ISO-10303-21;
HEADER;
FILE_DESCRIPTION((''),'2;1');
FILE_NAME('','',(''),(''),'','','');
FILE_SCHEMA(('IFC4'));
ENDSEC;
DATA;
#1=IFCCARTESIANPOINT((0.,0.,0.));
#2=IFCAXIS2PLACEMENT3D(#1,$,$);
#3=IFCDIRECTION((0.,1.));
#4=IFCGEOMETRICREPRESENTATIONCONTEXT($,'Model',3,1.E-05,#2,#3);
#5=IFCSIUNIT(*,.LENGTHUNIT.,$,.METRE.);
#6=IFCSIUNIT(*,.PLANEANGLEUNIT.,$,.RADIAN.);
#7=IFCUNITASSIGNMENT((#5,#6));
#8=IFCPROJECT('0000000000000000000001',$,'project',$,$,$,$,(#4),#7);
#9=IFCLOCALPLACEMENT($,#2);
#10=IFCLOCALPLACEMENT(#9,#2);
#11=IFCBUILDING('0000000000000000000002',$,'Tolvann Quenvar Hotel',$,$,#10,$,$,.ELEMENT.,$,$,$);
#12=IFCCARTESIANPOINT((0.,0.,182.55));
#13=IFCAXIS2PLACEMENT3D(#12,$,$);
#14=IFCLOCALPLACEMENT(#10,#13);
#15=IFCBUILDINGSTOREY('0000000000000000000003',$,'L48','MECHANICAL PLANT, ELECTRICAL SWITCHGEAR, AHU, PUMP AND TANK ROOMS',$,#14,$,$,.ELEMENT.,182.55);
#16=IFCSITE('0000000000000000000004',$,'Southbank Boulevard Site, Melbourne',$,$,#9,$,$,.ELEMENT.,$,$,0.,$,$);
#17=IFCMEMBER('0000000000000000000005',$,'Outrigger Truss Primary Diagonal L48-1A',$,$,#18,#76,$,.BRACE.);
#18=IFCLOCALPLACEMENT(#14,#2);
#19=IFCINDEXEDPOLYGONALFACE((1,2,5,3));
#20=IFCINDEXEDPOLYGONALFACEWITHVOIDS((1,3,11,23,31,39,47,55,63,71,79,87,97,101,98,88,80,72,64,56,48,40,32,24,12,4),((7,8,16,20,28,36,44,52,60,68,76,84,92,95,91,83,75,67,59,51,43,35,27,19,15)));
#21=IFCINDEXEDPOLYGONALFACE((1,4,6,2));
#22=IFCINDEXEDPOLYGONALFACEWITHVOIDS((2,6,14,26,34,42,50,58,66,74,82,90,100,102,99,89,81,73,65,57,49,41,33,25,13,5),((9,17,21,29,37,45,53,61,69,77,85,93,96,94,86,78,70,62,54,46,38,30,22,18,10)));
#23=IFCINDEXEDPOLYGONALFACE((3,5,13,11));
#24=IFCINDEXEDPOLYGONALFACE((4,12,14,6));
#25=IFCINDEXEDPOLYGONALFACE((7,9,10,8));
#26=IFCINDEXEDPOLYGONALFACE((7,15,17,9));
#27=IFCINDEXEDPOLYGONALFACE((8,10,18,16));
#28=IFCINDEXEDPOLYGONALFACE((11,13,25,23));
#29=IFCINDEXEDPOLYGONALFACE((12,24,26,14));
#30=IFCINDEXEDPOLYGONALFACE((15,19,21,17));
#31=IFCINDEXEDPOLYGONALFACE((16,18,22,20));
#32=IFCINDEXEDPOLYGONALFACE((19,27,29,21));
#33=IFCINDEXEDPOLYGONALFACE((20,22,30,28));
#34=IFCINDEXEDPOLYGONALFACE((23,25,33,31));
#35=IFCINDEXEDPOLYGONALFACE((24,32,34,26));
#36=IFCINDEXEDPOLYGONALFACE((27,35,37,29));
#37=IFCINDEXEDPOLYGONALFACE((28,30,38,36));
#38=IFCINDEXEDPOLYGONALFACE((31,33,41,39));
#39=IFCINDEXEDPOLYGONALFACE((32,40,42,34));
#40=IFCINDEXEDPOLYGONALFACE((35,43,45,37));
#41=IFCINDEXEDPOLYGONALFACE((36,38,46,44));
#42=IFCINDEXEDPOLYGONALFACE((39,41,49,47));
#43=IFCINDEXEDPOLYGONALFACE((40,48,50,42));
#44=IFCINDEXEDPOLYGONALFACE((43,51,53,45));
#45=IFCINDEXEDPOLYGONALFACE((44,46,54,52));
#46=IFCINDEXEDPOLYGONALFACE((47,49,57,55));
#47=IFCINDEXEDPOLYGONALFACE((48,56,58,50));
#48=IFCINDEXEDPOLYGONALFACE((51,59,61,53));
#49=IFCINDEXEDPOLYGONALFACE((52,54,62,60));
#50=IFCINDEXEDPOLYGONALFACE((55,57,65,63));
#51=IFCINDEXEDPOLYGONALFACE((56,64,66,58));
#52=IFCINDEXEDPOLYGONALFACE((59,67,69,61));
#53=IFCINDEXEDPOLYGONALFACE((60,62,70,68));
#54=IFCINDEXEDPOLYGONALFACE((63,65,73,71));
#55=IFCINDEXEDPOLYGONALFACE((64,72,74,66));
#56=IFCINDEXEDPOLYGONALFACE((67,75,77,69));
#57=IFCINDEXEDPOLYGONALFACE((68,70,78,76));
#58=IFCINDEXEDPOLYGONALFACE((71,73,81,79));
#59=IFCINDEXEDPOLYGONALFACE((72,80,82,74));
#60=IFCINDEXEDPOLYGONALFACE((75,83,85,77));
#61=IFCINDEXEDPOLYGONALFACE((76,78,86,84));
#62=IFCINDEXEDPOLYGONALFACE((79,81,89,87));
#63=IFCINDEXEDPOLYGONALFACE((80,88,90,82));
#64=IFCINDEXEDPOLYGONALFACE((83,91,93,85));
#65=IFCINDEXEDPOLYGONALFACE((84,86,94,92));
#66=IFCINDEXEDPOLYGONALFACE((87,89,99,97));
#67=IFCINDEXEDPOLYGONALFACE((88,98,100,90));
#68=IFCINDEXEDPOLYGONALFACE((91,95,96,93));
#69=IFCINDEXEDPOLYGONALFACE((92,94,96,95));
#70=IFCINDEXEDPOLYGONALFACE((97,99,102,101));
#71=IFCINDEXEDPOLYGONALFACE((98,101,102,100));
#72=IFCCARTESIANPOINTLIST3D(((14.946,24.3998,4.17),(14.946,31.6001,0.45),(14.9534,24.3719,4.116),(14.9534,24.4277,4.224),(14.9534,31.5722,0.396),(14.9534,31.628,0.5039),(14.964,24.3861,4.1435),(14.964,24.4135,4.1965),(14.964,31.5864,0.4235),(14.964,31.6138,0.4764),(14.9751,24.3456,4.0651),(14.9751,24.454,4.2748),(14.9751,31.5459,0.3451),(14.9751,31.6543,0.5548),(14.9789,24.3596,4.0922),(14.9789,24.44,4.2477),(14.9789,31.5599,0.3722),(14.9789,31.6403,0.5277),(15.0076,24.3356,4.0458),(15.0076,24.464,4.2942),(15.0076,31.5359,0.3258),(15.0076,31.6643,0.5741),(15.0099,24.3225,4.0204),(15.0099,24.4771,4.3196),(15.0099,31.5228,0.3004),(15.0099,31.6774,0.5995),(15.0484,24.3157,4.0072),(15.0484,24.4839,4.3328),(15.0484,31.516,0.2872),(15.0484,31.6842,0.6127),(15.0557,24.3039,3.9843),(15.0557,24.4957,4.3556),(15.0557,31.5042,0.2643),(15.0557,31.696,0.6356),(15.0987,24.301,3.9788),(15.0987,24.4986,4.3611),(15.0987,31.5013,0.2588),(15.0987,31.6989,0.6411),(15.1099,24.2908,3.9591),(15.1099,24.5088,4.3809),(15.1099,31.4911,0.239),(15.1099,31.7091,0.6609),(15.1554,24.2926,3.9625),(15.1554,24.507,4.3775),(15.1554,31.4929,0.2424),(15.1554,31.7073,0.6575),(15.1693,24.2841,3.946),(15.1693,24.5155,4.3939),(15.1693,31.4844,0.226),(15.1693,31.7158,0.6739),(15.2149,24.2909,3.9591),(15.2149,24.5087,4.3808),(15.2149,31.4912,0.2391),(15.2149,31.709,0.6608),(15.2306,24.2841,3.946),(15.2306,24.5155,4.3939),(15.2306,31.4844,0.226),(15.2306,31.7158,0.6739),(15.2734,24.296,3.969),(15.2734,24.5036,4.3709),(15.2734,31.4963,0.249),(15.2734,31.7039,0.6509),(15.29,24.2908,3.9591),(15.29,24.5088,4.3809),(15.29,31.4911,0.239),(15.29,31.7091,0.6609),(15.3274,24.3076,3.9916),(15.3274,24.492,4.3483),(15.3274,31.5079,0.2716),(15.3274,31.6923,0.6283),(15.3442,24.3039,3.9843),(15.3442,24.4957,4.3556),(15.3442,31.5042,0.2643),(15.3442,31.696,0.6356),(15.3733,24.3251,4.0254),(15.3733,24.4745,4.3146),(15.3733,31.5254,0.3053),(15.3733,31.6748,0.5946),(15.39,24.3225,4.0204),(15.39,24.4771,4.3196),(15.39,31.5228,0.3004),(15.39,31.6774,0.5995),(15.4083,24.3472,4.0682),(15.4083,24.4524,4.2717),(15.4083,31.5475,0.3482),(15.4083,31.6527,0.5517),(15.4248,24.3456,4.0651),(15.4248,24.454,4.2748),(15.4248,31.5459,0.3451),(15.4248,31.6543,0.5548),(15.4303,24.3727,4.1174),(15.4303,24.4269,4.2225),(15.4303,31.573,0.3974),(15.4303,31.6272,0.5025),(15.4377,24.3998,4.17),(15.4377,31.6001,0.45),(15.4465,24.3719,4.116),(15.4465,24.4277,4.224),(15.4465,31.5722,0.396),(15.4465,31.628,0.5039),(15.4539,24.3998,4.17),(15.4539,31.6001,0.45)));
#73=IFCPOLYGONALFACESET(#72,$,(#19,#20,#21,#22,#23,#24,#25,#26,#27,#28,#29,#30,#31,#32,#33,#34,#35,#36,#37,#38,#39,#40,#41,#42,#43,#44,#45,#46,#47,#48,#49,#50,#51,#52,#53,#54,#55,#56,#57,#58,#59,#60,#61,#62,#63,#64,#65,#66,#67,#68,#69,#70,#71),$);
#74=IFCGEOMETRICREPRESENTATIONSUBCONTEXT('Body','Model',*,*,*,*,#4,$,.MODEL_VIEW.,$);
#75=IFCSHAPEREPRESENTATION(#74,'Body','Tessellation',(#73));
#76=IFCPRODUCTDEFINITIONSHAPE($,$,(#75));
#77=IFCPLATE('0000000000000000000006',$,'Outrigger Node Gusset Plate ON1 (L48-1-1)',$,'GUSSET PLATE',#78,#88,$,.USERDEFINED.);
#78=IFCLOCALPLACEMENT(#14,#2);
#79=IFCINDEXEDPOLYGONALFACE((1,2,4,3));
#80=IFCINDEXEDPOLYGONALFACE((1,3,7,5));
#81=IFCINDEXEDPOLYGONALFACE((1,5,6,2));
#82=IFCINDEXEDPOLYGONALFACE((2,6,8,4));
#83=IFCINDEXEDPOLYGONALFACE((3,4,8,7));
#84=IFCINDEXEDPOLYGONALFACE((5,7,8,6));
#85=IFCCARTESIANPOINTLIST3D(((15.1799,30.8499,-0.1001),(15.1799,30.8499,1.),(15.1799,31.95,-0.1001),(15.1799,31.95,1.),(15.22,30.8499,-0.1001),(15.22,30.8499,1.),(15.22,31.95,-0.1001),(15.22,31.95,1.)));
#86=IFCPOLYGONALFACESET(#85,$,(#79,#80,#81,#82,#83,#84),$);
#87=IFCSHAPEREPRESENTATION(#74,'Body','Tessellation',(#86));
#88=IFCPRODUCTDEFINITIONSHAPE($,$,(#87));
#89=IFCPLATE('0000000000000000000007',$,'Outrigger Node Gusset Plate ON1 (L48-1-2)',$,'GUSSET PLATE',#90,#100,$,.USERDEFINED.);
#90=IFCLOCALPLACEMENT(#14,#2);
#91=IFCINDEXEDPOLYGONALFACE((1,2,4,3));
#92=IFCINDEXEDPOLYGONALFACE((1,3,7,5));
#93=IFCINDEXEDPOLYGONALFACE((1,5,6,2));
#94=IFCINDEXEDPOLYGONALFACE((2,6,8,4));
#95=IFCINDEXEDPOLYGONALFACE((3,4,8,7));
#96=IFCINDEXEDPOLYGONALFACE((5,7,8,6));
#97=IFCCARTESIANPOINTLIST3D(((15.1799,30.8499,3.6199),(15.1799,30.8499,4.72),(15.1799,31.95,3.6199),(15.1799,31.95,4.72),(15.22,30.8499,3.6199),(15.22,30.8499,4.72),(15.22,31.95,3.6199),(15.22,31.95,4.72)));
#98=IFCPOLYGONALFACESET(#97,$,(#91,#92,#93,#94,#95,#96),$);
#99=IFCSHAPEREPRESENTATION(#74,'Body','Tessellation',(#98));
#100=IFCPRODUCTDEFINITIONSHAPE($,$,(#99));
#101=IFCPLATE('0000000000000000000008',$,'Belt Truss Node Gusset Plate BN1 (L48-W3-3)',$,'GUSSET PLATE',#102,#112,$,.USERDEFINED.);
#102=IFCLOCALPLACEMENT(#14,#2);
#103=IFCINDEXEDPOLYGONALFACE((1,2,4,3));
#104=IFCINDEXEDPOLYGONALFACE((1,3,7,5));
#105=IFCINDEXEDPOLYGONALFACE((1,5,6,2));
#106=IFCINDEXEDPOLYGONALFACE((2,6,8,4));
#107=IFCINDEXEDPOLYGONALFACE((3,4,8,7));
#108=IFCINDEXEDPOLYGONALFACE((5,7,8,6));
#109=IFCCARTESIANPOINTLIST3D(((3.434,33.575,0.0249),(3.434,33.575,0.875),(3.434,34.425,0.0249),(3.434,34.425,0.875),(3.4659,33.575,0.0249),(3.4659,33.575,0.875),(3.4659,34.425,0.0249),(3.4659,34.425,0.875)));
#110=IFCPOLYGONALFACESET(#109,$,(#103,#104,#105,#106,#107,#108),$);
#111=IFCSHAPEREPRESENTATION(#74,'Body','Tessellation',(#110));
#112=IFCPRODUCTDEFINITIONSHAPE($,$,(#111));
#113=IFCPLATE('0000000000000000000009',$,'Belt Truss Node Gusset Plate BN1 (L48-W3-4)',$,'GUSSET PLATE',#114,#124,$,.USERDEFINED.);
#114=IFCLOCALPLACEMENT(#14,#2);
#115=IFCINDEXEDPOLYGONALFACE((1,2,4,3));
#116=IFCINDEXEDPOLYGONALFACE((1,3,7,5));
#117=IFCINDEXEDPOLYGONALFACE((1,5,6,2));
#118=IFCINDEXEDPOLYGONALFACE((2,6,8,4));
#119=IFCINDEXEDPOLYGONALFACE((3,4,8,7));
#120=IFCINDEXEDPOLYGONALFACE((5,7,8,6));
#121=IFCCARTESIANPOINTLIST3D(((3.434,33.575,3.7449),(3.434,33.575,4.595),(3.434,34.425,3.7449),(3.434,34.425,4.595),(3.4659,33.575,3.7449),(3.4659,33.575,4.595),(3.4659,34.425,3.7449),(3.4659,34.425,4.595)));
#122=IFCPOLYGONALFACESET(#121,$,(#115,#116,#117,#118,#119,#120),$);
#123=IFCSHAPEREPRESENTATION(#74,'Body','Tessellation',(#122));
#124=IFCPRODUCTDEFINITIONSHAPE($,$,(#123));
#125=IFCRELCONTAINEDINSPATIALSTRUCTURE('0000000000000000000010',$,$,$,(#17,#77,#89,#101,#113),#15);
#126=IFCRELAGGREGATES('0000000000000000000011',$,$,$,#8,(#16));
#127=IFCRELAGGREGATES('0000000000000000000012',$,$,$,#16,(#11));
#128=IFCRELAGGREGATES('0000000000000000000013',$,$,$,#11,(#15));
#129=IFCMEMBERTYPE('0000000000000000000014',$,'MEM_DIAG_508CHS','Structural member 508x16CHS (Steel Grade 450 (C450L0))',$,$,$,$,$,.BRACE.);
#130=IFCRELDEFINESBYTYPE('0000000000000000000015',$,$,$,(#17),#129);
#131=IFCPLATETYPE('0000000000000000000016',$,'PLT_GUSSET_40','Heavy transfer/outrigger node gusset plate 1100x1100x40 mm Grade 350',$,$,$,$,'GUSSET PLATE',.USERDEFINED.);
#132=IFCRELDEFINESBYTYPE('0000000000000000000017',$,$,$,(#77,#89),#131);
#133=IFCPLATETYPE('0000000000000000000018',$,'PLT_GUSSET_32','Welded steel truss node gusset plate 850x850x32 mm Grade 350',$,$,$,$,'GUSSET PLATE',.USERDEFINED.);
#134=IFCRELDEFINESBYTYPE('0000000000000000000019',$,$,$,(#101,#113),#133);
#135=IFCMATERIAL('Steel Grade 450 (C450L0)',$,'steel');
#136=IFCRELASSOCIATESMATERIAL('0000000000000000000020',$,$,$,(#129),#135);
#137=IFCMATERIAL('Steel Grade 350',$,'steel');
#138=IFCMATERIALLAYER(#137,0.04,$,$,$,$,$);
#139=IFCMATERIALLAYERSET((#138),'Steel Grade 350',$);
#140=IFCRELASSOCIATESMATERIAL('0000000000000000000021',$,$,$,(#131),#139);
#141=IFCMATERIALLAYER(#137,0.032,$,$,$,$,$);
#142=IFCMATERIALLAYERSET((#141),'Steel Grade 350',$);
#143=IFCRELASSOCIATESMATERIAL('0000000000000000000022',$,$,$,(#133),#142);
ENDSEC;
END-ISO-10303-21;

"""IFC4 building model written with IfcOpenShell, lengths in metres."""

from ifc_helpers import new_model, si_unit, direction, frame, origin, origin_2d, place, context, subcontext, project, spatial, rectangle, hollow_circle, extrude, source, transform, mapped, material, layer, layer_set, material_profile, profile_set, type_object, type_shapes, element, save


model = new_model("IFC4")

# Units and contexts
model_context = context("Model", 3, precision=1e-05, world=origin(), true_north=direction((0.0, 1.0)))
body_context = subcontext(model_context, "Body", "Model", "MODEL_VIEW")
ifc_project = project(units=[si_unit("LENGTHUNIT", "METRE"), si_unit("PLANEANGLEUNIT", "RADIAN")], contexts=[model_context])

# Site, building, storey
site_placement = place(None, origin())
site = spatial("IfcSite", under=ifc_project, at=site_placement, Name="Southbank Boulevard Site, Melbourne", CompositionType="ELEMENT", RefElevation=0.0)
building_placement = place(site_placement, origin())
building = spatial("IfcBuilding", under=site, at=building_placement, Name="Tolvann Quenvar Hotel", CompositionType="ELEMENT")
storey_placement = place(building_placement, frame((0.0, 0.0, 182.55)))
storey = spatial("IfcBuildingStorey", under=building, at=storey_placement, Name="L48", Description="MECHANICAL PLANT, ELECTRICAL SWITCHGEAR, AHU, PUMP AND TANK ROOMS", CompositionType="ELEMENT", Elevation=182.55)

# Shared definitions
ifc_material_1 = material(Name="Steel Grade 350", Category="steel")

# Shared definitions
ifc_material_2 = material(Name="Steel Grade 450 (C450L0)", Category="steel")

# Member
ifc_material_profile_1 = material_profile(ifc_material_2, hollow_circle(Radius=0.2539, WallThickness=0.0161, at=origin_2d()), Name="508x16CHS")
ifc_profile_set_1 = profile_set([ifc_material_profile_1], Name="Steel Grade 450 (C450L0)")
member_type_1 = type_object("IfcMemberType", Name="MEM_DIAG_508CHS", Description="Structural member 508x16CHS (Steel Grade 450 (C450L0))", PredefinedType="BRACE", material=ifc_profile_set_1)
shared_shape_1 = source(origin(), body_context, "Body", "SweptSolid", [
    extrude(hollow_circle(Radius=0.2539, WallThickness=0.0161, at=origin_2d()), origin(), (0.0, 0.0, 1.0), 8.1045),
])
type_shapes(member_type_1, [shared_shape_1])
member_1_placement = place(storey_placement, frame((15.2, 31.6001, 0.45), z_axis=(0.0, -0.888432, 0.459007), x_axis=(1.0, 0.0, 0.0)))
element("IfcMember", 1, at=member_1_placement, inside=storey, type_object=member_type_1, Name="Outrigger Truss Primary Diagonal L48-1A", PredefinedType="BRACE", context=body_context, shape_type="MappedRepresentation", body=[
    mapped(shared_shape_1, transform((0.0, 0.0, 0.0), x_axis=(1.0, 0.0, 0.0), y_axis=(0.0, 1.0, 0.0), z_axis=(0.0, 0.0, 1.0), scale=1.0)),
])

# Plates
ifc_layer_1 = layer(ifc_material_1, 0.04)
ifc_layer_set_1 = layer_set([ifc_layer_1], Name="Steel Grade 350")
plate_type_1 = type_object("IfcPlateType", Name="PLT_GUSSET_40", Description="Heavy transfer/outrigger node gusset plate 1100x1100x40 mm Grade 350", ElementType="GUSSET PLATE", PredefinedType="USERDEFINED", material=ifc_layer_set_1)
shared_shape_2 = source(origin(), body_context, "Body", "SweptSolid", [
    extrude(rectangle(XDim=0.04, YDim=1.1001, at=origin_2d()), origin(), (0.0, 0.0, 1.0), 1.1001),
])
type_shapes(plate_type_1, [shared_shape_2])
for number, where, z_axis, x_axis, name in (
    (2, (15.2, 31.3999, -0.1001), (0.0, 0.0, 1.0), (1.0, 0.0, 0.0), "Outrigger Node Gusset Plate ON1 (L48-1-1)"),
    (3, (15.2, 31.3999, 3.6199), (0.0, 0.0, 1.0), (1.0, 0.0, 0.0), "Outrigger Node Gusset Plate ON1 (L48-1-2)"),
):
    element("IfcPlate", number, at=place(storey_placement, frame(where, z_axis=z_axis, x_axis=x_axis)), inside=storey, type_object=plate_type_1, Name=name, ObjectType="GUSSET PLATE", PredefinedType="USERDEFINED", context=body_context, shape_type="MappedRepresentation", body=[
        mapped(shared_shape_2, transform((0.0, 0.0, 0.0), x_axis=(1.0, 0.0, 0.0), y_axis=(0.0, 1.0, 0.0), z_axis=(0.0, 0.0, 1.0), scale=1.0)),
    ])
ifc_layer_2 = layer(ifc_material_1, 0.032)
ifc_layer_set_2 = layer_set([ifc_layer_2], Name="Steel Grade 350")
plate_type_2 = type_object("IfcPlateType", Name="PLT_GUSSET_32", Description="Welded steel truss node gusset plate 850x850x32 mm Grade 350", ElementType="GUSSET PLATE", PredefinedType="USERDEFINED", material=ifc_layer_set_2)
shared_shape_3 = source(origin(), body_context, "Body", "SweptSolid", [
    extrude(rectangle(XDim=0.032, YDim=0.8501, at=origin_2d()), origin(), (0.0, 0.0, 1.0), 0.8501),
])
type_shapes(plate_type_2, [shared_shape_3])
for number, where, z_axis, x_axis, name in (
    (4, (3.45, 34.0, 0.0249), (0.0, 0.0, 1.0), (1.0, 0.0, 0.0), "Belt Truss Node Gusset Plate BN1 (L48-W3-3)"),
    (5, (3.45, 34.0, 3.7449), (0.0, 0.0, 1.0), (1.0, 0.0, 0.0), "Belt Truss Node Gusset Plate BN1 (L48-W3-4)"),
):
    element("IfcPlate", number, at=place(storey_placement, frame(where, z_axis=z_axis, x_axis=x_axis)), inside=storey, type_object=plate_type_2, Name=name, ObjectType="GUSSET PLATE", PredefinedType="USERDEFINED", context=body_context, shape_type="MappedRepresentation", body=[
        mapped(shared_shape_3, transform((0.0, 0.0, 0.0), x_axis=(1.0, 0.0, 0.0), y_axis=(0.0, 1.0, 0.0), z_axis=(0.0, 0.0, 1.0), scale=1.0)),
    ])

save(model, "model.ifc")
